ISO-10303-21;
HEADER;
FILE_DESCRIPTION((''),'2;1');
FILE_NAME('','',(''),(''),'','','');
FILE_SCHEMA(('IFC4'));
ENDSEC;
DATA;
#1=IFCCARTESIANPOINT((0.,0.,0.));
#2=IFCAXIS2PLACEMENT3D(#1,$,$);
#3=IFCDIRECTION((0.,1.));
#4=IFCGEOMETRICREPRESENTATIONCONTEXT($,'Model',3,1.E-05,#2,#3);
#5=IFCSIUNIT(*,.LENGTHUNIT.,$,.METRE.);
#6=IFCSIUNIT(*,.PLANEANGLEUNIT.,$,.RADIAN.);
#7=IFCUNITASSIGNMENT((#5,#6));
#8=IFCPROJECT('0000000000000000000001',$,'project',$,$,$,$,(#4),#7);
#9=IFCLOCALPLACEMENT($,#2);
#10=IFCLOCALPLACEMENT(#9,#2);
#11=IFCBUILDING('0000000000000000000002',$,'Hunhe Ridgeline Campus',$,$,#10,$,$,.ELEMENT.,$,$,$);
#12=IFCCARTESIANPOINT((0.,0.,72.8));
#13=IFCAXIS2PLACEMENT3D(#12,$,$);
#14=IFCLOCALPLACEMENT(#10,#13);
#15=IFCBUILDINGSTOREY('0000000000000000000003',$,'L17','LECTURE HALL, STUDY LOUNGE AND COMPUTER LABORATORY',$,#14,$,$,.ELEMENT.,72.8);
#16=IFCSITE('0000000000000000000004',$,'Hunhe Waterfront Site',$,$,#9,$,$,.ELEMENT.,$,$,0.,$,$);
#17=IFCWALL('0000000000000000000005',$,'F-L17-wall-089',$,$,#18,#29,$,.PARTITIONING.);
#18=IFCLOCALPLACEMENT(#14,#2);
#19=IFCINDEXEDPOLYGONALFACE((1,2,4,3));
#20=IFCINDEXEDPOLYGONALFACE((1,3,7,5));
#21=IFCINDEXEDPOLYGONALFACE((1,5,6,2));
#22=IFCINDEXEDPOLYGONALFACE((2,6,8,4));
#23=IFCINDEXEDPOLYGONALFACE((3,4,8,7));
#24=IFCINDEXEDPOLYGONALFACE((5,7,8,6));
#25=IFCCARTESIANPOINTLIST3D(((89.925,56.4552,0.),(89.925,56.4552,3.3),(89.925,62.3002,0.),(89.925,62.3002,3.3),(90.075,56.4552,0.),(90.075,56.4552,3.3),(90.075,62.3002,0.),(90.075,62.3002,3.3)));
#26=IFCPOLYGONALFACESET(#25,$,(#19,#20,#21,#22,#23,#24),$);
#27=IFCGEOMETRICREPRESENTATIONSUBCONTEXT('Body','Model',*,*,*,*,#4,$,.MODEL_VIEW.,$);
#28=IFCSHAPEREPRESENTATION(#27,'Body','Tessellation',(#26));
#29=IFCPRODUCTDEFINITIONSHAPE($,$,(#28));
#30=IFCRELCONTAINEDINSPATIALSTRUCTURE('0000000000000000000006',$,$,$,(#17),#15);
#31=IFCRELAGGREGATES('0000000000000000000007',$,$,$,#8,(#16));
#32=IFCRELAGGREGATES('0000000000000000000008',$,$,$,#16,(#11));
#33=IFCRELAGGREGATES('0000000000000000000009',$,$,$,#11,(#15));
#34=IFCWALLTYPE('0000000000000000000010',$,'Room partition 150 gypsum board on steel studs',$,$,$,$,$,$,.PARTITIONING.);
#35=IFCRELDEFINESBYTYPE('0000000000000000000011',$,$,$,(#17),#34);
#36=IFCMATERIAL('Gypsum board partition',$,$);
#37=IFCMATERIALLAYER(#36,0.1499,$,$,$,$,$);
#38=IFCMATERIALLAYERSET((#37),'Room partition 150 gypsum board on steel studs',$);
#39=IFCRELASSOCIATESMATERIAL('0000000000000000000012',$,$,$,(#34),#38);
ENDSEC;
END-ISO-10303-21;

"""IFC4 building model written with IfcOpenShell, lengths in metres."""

from ifc_helpers import new_model, si_unit, direction, frame, frame_2d, origin, place, context, subcontext, project, spatial, rectangle, extrude, material, layer, layer_set, type_object, element, save


model = new_model("IFC4")

# Units and contexts
model_context = context("Model", 3, precision=1e-05, world=origin(), true_north=direction((0.0, 1.0)))
body_context = subcontext(model_context, "Body", "Model", "MODEL_VIEW")
ifc_project = project(units=[si_unit("LENGTHUNIT", "METRE"), si_unit("PLANEANGLEUNIT", "RADIAN")], contexts=[model_context])

# Site, building, storey
site_placement = place(None, origin())
site = spatial("IfcSite", under=ifc_project, at=site_placement, Name="Hunhe Waterfront Site", CompositionType="ELEMENT", RefElevation=0.0)
building_placement = place(site_placement, origin())
building = spatial("IfcBuilding", under=site, at=building_placement, Name="Hunhe Ridgeline Campus", CompositionType="ELEMENT")
storey_placement = place(building_placement, frame((0.0, 0.0, 72.8)))
storey = spatial("IfcBuildingStorey", under=building, at=storey_placement, Name="L17", Description="LECTURE HALL, STUDY LOUNGE AND COMPUTER LABORATORY", CompositionType="ELEMENT", Elevation=72.8)

# Wall
ifc_material_1 = material(Name="Gypsum board partition")
ifc_layer_1 = layer(ifc_material_1, 0.1499)
ifc_layer_set_1 = layer_set([ifc_layer_1], Name="Room partition 150 gypsum board on steel studs")
wall_type_1 = type_object("IfcWallType", Name="Room partition 150 gypsum board on steel studs", PredefinedType="PARTITIONING", material=ifc_layer_set_1)
wall_1_placement = place(storey_placement, frame((90.0, 62.3, 0.0), z_axis=(0.0, 0.0, 1.0), x_axis=(0.0, -1.0, 0.0)))
element("IfcWall", 1, at=wall_1_placement, inside=storey, type_object=wall_type_1, Name="F-L17-wall-089", PredefinedType="PARTITIONING", context=body_context, shape_type="SweptSolid", body=[
    extrude(rectangle(XDim=5.845, YDim=0.1499, at=frame_2d((2.9224, 0.0))), origin(), (0.0, 0.0, 1.0), 3.3),
])

save(model, "model.ifc")
